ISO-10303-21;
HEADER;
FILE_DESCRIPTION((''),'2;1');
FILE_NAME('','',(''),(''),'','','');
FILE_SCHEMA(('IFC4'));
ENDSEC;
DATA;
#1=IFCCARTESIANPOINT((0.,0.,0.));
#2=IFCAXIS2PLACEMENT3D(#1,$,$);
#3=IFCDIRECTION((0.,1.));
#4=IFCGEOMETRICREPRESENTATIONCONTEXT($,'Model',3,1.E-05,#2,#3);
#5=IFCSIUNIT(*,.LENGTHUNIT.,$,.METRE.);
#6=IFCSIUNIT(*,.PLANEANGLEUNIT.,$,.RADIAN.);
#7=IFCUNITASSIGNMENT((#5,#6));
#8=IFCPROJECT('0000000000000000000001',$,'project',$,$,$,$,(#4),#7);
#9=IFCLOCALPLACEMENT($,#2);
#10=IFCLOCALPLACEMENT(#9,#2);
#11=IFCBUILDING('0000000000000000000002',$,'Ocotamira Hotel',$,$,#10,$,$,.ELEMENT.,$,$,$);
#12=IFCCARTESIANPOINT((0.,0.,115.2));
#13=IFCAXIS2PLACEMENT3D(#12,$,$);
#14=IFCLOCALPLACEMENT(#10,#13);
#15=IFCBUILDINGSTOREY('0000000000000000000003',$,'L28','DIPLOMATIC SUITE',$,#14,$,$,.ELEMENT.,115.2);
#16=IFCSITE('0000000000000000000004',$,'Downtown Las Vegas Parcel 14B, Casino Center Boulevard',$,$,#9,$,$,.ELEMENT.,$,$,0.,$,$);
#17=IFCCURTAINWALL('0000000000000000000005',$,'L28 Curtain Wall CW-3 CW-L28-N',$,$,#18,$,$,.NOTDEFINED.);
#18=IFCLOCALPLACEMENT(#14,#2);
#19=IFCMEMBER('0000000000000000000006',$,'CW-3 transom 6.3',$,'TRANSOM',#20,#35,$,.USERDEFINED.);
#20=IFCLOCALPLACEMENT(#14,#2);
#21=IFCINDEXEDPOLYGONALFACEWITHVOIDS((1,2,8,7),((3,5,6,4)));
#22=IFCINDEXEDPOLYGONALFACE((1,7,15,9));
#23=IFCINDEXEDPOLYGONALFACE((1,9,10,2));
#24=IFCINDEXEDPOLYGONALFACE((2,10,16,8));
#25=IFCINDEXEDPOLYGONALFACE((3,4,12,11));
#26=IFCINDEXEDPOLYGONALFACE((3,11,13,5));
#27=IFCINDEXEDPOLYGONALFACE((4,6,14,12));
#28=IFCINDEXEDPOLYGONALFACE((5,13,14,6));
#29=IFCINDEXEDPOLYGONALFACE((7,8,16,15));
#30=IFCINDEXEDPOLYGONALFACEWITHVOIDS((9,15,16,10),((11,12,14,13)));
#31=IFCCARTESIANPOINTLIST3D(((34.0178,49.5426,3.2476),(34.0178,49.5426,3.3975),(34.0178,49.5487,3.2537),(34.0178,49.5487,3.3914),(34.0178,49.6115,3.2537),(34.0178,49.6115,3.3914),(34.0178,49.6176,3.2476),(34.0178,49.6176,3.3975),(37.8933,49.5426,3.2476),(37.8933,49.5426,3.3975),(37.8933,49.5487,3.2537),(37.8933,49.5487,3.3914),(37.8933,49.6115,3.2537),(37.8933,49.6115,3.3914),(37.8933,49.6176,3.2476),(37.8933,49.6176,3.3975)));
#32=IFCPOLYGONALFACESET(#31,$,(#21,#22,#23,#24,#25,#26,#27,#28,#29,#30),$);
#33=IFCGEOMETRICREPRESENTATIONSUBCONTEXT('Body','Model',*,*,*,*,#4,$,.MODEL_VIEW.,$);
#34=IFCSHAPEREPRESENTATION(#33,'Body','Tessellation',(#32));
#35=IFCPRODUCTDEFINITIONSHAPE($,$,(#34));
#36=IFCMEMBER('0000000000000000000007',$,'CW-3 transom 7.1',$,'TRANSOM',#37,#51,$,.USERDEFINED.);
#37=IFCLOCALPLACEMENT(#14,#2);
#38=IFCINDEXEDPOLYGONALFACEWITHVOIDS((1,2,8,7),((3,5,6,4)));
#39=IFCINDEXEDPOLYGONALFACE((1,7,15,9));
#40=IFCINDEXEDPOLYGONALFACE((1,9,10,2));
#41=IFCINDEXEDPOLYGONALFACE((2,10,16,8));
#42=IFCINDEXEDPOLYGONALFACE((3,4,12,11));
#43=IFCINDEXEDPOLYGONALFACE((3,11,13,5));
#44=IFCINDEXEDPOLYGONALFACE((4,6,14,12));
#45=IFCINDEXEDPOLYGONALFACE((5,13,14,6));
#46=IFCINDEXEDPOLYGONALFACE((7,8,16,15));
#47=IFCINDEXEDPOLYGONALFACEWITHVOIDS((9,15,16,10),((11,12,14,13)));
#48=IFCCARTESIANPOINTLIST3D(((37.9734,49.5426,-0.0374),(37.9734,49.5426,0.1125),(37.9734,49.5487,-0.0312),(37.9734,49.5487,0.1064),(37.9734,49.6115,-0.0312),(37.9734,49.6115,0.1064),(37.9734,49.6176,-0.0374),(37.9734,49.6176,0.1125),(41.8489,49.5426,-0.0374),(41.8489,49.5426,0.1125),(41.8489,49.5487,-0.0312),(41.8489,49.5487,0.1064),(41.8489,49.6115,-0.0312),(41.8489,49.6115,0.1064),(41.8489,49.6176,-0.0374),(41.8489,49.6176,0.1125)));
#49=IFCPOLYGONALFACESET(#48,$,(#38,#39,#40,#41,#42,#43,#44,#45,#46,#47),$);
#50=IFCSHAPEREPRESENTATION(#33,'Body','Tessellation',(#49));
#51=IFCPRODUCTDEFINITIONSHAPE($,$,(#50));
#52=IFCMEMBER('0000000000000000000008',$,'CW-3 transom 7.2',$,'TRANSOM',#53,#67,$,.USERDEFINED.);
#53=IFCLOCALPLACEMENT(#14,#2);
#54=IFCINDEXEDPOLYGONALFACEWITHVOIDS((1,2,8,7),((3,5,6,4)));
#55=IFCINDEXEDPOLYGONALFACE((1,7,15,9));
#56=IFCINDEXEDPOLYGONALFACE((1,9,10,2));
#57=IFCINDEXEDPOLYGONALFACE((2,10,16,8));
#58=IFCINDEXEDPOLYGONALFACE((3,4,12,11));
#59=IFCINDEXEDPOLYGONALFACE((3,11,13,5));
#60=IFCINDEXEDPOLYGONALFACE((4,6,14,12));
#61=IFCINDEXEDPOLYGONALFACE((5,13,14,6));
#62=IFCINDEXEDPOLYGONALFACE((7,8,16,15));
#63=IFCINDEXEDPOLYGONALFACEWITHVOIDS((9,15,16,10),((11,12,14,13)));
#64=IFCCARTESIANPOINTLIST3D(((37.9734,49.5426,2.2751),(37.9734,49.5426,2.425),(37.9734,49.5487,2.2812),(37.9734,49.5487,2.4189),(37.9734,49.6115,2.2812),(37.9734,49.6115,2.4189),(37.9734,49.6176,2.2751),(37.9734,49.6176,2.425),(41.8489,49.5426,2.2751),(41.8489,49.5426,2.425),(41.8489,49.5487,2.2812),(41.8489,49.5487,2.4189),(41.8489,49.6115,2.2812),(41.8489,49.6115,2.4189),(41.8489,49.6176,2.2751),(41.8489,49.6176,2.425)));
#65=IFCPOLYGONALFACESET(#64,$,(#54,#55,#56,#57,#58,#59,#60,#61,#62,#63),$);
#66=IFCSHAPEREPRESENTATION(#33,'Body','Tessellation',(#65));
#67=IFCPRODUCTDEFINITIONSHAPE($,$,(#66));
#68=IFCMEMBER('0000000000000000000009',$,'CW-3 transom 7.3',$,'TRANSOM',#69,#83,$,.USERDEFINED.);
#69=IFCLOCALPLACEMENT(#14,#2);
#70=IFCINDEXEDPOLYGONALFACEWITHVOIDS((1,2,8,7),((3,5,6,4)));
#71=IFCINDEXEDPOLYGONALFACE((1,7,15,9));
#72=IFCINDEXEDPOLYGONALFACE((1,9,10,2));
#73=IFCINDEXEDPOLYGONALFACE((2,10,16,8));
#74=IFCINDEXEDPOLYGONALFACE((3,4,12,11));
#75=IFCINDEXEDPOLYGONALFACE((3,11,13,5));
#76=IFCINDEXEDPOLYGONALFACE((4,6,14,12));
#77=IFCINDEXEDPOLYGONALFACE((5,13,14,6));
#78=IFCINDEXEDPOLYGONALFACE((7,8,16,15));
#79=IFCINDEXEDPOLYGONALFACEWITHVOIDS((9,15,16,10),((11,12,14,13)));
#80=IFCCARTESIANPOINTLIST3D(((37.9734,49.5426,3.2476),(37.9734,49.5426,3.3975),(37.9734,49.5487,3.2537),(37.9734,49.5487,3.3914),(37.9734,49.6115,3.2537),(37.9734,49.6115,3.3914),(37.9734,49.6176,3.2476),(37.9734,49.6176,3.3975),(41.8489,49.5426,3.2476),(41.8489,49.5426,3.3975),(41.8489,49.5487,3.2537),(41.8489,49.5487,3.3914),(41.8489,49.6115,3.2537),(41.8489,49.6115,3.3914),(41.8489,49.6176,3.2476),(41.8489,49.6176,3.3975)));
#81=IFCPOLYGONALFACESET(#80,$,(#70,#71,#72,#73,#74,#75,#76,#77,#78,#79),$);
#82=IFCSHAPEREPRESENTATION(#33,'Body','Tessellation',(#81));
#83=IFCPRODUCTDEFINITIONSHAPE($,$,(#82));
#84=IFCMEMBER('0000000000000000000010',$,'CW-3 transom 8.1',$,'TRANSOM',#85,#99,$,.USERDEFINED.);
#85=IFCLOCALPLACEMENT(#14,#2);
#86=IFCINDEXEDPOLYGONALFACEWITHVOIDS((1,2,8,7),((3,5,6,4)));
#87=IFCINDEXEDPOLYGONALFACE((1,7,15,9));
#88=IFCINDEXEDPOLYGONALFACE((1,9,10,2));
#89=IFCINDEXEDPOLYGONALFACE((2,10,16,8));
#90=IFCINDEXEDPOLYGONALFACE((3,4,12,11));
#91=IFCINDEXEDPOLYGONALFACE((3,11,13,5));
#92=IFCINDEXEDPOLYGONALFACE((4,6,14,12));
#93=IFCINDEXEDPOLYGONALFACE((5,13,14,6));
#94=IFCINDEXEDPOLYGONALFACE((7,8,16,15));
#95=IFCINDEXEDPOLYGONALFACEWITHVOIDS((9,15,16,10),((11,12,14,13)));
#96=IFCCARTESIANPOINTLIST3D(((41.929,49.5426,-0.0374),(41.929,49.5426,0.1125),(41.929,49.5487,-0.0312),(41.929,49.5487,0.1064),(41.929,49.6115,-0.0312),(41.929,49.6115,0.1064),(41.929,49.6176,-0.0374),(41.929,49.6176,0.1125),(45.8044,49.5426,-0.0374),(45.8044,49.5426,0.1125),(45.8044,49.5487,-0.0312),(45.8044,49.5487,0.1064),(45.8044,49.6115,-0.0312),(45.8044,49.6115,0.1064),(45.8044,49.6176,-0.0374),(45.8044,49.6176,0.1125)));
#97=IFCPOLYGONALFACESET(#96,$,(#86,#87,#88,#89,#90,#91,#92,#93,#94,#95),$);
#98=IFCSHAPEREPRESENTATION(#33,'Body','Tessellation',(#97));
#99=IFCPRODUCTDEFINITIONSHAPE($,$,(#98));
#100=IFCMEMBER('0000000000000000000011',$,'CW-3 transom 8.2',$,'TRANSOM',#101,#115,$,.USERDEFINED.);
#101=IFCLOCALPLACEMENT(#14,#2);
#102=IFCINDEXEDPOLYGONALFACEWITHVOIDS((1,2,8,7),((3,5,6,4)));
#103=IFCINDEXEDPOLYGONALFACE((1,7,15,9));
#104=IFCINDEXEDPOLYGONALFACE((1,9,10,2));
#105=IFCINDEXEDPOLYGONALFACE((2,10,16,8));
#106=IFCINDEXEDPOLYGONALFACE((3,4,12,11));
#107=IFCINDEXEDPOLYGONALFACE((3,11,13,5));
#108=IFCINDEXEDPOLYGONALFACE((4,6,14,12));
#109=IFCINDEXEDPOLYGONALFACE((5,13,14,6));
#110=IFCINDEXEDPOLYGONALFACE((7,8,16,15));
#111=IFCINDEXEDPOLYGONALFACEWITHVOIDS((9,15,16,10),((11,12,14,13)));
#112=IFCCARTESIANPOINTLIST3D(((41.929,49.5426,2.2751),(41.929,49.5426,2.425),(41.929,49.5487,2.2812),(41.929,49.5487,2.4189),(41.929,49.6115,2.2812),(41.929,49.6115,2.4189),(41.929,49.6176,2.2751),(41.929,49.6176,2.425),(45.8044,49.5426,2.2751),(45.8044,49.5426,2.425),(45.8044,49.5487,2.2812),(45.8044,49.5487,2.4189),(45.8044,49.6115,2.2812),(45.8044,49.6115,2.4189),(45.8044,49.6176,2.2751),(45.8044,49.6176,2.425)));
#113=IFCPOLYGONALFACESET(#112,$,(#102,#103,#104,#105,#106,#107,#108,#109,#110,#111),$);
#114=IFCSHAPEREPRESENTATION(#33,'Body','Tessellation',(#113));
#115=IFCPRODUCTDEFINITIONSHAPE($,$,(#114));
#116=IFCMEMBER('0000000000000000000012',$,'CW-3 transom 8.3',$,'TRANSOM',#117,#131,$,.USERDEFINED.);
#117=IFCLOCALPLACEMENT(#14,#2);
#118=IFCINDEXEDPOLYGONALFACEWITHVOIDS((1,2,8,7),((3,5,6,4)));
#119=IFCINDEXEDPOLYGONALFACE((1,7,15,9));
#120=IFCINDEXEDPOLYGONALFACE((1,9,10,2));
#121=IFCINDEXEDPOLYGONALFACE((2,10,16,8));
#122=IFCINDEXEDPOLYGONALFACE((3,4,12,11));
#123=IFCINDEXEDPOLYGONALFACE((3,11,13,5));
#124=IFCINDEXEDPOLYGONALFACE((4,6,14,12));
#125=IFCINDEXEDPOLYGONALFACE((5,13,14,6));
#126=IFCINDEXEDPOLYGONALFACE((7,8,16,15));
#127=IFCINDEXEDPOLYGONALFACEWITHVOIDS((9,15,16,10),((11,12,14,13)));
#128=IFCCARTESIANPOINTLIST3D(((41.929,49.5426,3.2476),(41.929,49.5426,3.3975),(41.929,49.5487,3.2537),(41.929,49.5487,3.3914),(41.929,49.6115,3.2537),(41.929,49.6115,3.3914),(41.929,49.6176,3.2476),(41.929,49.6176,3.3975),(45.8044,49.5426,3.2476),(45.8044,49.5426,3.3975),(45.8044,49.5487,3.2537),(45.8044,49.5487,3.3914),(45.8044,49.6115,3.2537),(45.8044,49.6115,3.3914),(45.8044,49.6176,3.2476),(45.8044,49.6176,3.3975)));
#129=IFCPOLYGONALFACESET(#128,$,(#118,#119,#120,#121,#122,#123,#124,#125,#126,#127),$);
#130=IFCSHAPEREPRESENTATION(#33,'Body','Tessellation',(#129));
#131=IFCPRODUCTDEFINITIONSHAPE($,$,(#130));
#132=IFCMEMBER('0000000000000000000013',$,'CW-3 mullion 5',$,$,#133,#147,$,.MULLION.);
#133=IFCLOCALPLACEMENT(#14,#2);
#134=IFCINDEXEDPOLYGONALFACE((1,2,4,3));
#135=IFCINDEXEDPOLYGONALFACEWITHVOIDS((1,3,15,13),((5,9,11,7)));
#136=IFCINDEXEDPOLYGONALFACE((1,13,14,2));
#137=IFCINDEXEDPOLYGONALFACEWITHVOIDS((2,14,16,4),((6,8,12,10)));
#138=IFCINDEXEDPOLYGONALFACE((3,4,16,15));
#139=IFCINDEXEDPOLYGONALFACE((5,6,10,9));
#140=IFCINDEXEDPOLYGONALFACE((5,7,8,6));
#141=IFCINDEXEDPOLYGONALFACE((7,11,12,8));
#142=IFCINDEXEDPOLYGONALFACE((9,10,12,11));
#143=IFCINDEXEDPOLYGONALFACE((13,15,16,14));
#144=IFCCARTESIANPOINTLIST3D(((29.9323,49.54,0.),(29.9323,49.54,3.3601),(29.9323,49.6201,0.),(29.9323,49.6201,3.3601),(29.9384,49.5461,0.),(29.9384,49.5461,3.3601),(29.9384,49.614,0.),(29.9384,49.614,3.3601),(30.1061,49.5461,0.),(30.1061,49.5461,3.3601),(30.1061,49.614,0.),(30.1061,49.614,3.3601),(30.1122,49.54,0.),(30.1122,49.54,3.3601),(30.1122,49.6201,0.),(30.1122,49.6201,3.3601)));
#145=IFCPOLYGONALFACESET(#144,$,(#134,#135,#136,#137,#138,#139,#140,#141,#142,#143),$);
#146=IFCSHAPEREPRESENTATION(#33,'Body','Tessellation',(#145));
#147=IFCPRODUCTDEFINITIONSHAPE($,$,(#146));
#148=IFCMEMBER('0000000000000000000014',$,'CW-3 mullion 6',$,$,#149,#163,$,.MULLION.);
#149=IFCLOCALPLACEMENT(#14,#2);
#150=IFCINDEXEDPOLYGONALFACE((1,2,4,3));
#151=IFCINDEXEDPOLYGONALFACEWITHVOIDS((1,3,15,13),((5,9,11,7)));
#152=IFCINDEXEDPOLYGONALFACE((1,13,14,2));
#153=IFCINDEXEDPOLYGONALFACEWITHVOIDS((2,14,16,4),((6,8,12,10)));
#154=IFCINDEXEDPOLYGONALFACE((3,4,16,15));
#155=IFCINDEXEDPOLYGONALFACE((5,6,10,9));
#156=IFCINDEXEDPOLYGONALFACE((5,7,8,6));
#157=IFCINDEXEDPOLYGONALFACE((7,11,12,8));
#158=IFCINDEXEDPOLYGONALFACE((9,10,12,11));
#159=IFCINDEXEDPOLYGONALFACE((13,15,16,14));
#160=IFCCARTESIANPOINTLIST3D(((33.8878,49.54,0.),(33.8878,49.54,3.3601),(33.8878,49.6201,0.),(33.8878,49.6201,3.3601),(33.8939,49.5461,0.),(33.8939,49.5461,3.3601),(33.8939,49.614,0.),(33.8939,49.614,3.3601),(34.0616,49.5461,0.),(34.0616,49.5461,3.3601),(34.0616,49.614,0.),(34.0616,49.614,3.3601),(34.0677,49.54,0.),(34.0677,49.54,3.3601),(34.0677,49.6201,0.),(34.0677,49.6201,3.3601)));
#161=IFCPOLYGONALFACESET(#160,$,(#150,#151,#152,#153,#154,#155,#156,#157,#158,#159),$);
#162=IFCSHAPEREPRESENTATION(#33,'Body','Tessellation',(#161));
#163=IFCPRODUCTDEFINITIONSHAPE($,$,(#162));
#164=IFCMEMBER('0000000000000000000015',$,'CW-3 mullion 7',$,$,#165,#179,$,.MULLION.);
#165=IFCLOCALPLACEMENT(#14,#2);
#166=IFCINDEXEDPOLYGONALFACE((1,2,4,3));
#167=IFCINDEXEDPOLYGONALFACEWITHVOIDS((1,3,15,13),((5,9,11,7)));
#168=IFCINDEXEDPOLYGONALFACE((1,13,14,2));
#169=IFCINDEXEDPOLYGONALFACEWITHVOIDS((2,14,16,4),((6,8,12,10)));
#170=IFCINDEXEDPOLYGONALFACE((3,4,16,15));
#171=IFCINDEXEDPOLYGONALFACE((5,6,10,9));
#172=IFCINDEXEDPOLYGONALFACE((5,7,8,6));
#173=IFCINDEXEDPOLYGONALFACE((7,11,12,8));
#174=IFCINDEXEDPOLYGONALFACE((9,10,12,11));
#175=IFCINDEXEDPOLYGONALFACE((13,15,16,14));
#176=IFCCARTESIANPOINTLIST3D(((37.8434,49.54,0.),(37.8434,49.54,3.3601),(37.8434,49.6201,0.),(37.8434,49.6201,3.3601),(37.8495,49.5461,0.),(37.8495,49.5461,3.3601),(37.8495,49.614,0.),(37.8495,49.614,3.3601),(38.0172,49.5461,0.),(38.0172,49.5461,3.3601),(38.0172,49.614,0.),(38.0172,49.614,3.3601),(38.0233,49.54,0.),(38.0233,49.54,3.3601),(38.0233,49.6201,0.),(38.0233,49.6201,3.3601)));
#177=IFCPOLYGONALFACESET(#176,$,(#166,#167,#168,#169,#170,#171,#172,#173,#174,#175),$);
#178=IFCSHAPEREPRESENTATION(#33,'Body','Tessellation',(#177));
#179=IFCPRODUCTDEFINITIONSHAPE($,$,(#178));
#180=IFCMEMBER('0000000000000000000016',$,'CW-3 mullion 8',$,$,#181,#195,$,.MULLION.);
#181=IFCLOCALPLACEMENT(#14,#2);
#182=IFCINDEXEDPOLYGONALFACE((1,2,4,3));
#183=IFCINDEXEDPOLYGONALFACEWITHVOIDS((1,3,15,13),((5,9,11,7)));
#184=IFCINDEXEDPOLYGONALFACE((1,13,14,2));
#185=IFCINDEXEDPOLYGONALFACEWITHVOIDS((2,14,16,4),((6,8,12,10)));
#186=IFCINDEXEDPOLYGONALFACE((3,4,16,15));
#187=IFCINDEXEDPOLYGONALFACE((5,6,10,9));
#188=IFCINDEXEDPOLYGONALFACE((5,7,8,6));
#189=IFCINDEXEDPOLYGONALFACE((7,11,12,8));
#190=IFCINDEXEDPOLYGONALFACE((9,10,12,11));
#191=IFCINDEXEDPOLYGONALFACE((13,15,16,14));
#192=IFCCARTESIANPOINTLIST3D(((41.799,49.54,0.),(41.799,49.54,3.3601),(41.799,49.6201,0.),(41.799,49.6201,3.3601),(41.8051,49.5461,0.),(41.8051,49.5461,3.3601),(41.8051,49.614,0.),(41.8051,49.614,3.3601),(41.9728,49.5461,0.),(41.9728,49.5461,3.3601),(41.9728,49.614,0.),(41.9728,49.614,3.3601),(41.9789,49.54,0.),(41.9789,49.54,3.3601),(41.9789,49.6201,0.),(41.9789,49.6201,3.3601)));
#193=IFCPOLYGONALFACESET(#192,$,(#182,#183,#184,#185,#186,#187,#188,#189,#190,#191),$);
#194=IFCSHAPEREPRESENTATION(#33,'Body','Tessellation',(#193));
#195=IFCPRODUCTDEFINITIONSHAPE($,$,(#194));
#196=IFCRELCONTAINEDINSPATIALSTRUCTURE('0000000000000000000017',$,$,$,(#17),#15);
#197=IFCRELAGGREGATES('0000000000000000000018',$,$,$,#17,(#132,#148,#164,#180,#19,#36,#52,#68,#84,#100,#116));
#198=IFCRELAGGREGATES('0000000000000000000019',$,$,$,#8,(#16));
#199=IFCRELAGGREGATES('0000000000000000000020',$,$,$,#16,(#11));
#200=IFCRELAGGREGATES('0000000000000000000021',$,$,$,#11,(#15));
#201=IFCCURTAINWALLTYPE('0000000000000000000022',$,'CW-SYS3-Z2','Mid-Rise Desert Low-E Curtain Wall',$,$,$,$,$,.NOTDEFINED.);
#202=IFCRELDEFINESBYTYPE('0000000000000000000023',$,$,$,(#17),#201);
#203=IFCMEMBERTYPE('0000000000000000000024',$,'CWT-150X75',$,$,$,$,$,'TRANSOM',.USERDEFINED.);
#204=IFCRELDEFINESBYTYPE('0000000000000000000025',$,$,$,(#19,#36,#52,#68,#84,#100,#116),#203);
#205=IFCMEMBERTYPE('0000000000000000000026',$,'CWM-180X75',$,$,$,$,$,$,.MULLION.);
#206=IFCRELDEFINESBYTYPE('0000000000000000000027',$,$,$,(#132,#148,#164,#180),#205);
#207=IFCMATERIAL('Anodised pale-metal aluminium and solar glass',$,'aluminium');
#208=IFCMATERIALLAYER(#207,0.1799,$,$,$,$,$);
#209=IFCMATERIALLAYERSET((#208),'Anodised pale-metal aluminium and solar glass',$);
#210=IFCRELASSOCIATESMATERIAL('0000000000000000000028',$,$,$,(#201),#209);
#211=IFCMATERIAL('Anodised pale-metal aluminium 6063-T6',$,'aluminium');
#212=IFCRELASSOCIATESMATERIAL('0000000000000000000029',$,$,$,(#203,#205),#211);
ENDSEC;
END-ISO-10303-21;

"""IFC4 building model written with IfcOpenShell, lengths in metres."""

from ifc_helpers import new_model, si_unit, direction, frame, origin, origin_2d, place, context, subcontext, project, spatial, hollow_rectangle, extrude, source, transform, mapped, material, layer, layer_set, material_profile, profile_set, type_object, element, aggregate, save


model = new_model("IFC4")

# Units and contexts
model_context = context("Model", 3, precision=1e-05, world=origin(), true_north=direction((0.0, 1.0)))
body_context = subcontext(model_context, "Body", "Model", "MODEL_VIEW")
ifc_project = project(units=[si_unit("LENGTHUNIT", "METRE"), si_unit("PLANEANGLEUNIT", "RADIAN")], contexts=[model_context])

# Site, building, storey
site_placement = place(None, origin())
site = spatial("IfcSite", under=ifc_project, at=site_placement, Name="Downtown Las Vegas Parcel 14B, Casino Center Boulevard", CompositionType="ELEMENT", RefElevation=0.0)
building_placement = place(site_placement, origin())
building = spatial("IfcBuilding", under=site, at=building_placement, Name="Ocotamira Hotel", CompositionType="ELEMENT")
storey_placement = place(building_placement, frame((0.0, 0.0, 115.2)))
storey = spatial("IfcBuildingStorey", under=building, at=storey_placement, Name="L28", Description="DIPLOMATIC SUITE", CompositionType="ELEMENT", Elevation=115.2)

# Curtain wall, members
ifc_material_1 = material(Name="Anodised pale-metal aluminium and solar glass", Category="aluminium")
ifc_layer_1 = layer(ifc_material_1, 0.1799)
ifc_layer_set_1 = layer_set([ifc_layer_1], Name="Anodised pale-metal aluminium and solar glass")
curtain_wall_type = type_object("IfcCurtainWallType", Name="CW-SYS3-Z2", Description="Mid-Rise Desert Low-E Curtain Wall", PredefinedType="NOTDEFINED", material=ifc_layer_set_1)
curtain_wall_placement = place(storey_placement, origin())
curtain_wall = element("IfcCurtainWall", 1, at=curtain_wall_placement, inside=storey, type_object=curtain_wall_type, Name="L28 Curtain Wall CW-3 CW-L28-N", PredefinedType="NOTDEFINED")
ifc_material_2 = material(Name="Anodised pale-metal aluminium 6063-T6", Category="aluminium")
ifc_material_profile_1 = material_profile(ifc_material_2, hollow_rectangle(XDim=0.075, YDim=0.1499, WallThickness=0.0061, at=origin_2d()), Name="HSS150X75X6")
ifc_profile_set_1 = profile_set([ifc_material_profile_1], Name="Anodised pale-metal aluminium 6063-T6")
member_type_1 = type_object("IfcMemberType", Name="CWT-150X75", ElementType="TRANSOM", PredefinedType="USERDEFINED", material=ifc_profile_set_1)
shared_shape_1 = source(origin(), body_context, "Body", "SweptSolid", [
    extrude(hollow_rectangle(XDim=0.075, YDim=0.1499, WallThickness=0.0061, at=origin_2d()), origin(), (0.0, 0.0, 1.0), 3.8755),
])
member_1_placement = place(storey_placement, frame((34.0178, 49.5801, 3.3225), z_axis=(1.0, 0.0, 0.0), x_axis=(0.0, 1.0, 0.0)))
member_1 = element("IfcMember", 2, at=member_1_placement, type_object=member_type_1, Name="CW-3 transom 6.3", ObjectType="TRANSOM", PredefinedType="USERDEFINED", context=body_context, shape_type="MappedRepresentation", body=[
    mapped(shared_shape_1, transform((0.0, 0.0, 0.0), scale=1.0)),
])
member_2_placement = place(storey_placement, frame((37.9734, 49.5801, 0.0376), z_axis=(1.0, 0.0, 0.0), x_axis=(0.0, 1.0, 0.0)))
member_2 = element("IfcMember", 3, at=member_2_placement, type_object=member_type_1, Name="CW-3 transom 7.1", ObjectType="TRANSOM", PredefinedType="USERDEFINED", context=body_context, shape_type="MappedRepresentation", body=[
    mapped(shared_shape_1, transform((0.0, 0.0, 0.0), scale=1.0)),
])
member_3_placement = place(storey_placement, frame((37.9734, 49.5801, 2.3501), z_axis=(1.0, 0.0, 0.0), x_axis=(0.0, 1.0, 0.0)))
member_3 = element("IfcMember", 4, at=member_3_placement, type_object=member_type_1, Name="CW-3 transom 7.2", ObjectType="TRANSOM", PredefinedType="USERDEFINED", context=body_context, shape_type="MappedRepresentation", body=[
    mapped(shared_shape_1, transform((0.0, 0.0, 0.0), scale=1.0)),
])
member_4_placement = place(storey_placement, frame((37.9734, 49.5801, 3.3225), z_axis=(1.0, 0.0, 0.0), x_axis=(0.0, 1.0, 0.0)))
member_4 = element("IfcMember", 5, at=member_4_placement, type_object=member_type_1, Name="CW-3 transom 7.3", ObjectType="TRANSOM", PredefinedType="USERDEFINED", context=body_context, shape_type="MappedRepresentation", body=[
    mapped(shared_shape_1, transform((0.0, 0.0, 0.0), scale=1.0)),
])
member_5_placement = place(storey_placement, frame((41.929, 49.5801, 0.0376), z_axis=(1.0, 0.0, 0.0), x_axis=(0.0, 1.0, 0.0)))
member_5 = element("IfcMember", 6, at=member_5_placement, type_object=member_type_1, Name="CW-3 transom 8.1", ObjectType="TRANSOM", PredefinedType="USERDEFINED", context=body_context, shape_type="MappedRepresentation", body=[
    mapped(shared_shape_1, transform((0.0, 0.0, 0.0), scale=1.0)),
])
member_6_placement = place(storey_placement, frame((41.929, 49.5801, 2.3501), z_axis=(1.0, 0.0, 0.0), x_axis=(0.0, 1.0, 0.0)))
member_6 = element("IfcMember", 7, at=member_6_placement, type_object=member_type_1, Name="CW-3 transom 8.2", ObjectType="TRANSOM", PredefinedType="USERDEFINED", context=body_context, shape_type="MappedRepresentation", body=[
    mapped(shared_shape_1, transform((0.0, 0.0, 0.0), scale=1.0)),
])
member_7_placement = place(storey_placement, frame((41.929, 49.5801, 3.3225), z_axis=(1.0, 0.0, 0.0), x_axis=(0.0, 1.0, 0.0)))
member_7 = element("IfcMember", 8, at=member_7_placement, type_object=member_type_1, Name="CW-3 transom 8.3", ObjectType="TRANSOM", PredefinedType="USERDEFINED", context=body_context, shape_type="MappedRepresentation", body=[
    mapped(shared_shape_1, transform((0.0, 0.0, 0.0), scale=1.0)),
])
ifc_material_profile_2 = material_profile(ifc_material_2, hollow_rectangle(XDim=0.0801, YDim=0.1799, WallThickness=0.0061, at=origin_2d()), Name="HSS180X80X6")
ifc_profile_set_2 = profile_set([ifc_material_profile_2], Name="Anodised pale-metal aluminium 6063-T6")
member_type_2 = type_object("IfcMemberType", Name="CWM-180X75", PredefinedType="MULLION", material=ifc_profile_set_2)
shared_shape_2 = source(origin(), body_context, "Body", "SweptSolid", [
    extrude(hollow_rectangle(XDim=0.0801, YDim=0.1799, WallThickness=0.0061, at=origin_2d()), origin(), (0.0, 0.0, 1.0), 3.3601),
])
member_8_placement = place(storey_placement, frame((30.0222, 49.5801, 0.0), z_axis=(0.0, 0.0, 1.0), x_axis=(0.0, 1.0, 0.0)))
member_8 = element("IfcMember", 9, at=member_8_placement, type_object=member_type_2, Name="CW-3 mullion 5", PredefinedType="MULLION", context=body_context, shape_type="MappedRepresentation", body=[
    mapped(shared_shape_2, transform((0.0, 0.0, 0.0), scale=1.0)),
])
member_9_placement = place(storey_placement, frame((33.9778, 49.5801, 0.0), z_axis=(0.0, 0.0, 1.0), x_axis=(0.0, 1.0, 0.0)))
member_9 = element("IfcMember", 10, at=member_9_placement, type_object=member_type_2, Name="CW-3 mullion 6", PredefinedType="MULLION", context=body_context, shape_type="MappedRepresentation", body=[
    mapped(shared_shape_2, transform((0.0, 0.0, 0.0), scale=1.0)),
])
member_10_placement = place(storey_placement, frame((37.9333, 49.5801, 0.0), z_axis=(0.0, 0.0, 1.0), x_axis=(0.0, 1.0, 0.0)))
member_10 = element("IfcMember", 11, at=member_10_placement, type_object=member_type_2, Name="CW-3 mullion 7", PredefinedType="MULLION", context=body_context, shape_type="MappedRepresentation", body=[
    mapped(shared_shape_2, transform((0.0, 0.0, 0.0), scale=1.0)),
])
member_11_placement = place(storey_placement, frame((41.8889, 49.5801, 0.0), z_axis=(0.0, 0.0, 1.0), x_axis=(0.0, 1.0, 0.0)))
member_11 = element("IfcMember", 12, at=member_11_placement, type_object=member_type_2, Name="CW-3 mullion 8", PredefinedType="MULLION", context=body_context, shape_type="MappedRepresentation", body=[
    mapped(shared_shape_2, transform((0.0, 0.0, 0.0), scale=1.0)),
])

aggregate(curtain_wall, [member_8, member_9, member_10, member_11, member_1, member_2, member_3, member_4, member_5, member_6, member_7])

save(model, "model.ifc")
